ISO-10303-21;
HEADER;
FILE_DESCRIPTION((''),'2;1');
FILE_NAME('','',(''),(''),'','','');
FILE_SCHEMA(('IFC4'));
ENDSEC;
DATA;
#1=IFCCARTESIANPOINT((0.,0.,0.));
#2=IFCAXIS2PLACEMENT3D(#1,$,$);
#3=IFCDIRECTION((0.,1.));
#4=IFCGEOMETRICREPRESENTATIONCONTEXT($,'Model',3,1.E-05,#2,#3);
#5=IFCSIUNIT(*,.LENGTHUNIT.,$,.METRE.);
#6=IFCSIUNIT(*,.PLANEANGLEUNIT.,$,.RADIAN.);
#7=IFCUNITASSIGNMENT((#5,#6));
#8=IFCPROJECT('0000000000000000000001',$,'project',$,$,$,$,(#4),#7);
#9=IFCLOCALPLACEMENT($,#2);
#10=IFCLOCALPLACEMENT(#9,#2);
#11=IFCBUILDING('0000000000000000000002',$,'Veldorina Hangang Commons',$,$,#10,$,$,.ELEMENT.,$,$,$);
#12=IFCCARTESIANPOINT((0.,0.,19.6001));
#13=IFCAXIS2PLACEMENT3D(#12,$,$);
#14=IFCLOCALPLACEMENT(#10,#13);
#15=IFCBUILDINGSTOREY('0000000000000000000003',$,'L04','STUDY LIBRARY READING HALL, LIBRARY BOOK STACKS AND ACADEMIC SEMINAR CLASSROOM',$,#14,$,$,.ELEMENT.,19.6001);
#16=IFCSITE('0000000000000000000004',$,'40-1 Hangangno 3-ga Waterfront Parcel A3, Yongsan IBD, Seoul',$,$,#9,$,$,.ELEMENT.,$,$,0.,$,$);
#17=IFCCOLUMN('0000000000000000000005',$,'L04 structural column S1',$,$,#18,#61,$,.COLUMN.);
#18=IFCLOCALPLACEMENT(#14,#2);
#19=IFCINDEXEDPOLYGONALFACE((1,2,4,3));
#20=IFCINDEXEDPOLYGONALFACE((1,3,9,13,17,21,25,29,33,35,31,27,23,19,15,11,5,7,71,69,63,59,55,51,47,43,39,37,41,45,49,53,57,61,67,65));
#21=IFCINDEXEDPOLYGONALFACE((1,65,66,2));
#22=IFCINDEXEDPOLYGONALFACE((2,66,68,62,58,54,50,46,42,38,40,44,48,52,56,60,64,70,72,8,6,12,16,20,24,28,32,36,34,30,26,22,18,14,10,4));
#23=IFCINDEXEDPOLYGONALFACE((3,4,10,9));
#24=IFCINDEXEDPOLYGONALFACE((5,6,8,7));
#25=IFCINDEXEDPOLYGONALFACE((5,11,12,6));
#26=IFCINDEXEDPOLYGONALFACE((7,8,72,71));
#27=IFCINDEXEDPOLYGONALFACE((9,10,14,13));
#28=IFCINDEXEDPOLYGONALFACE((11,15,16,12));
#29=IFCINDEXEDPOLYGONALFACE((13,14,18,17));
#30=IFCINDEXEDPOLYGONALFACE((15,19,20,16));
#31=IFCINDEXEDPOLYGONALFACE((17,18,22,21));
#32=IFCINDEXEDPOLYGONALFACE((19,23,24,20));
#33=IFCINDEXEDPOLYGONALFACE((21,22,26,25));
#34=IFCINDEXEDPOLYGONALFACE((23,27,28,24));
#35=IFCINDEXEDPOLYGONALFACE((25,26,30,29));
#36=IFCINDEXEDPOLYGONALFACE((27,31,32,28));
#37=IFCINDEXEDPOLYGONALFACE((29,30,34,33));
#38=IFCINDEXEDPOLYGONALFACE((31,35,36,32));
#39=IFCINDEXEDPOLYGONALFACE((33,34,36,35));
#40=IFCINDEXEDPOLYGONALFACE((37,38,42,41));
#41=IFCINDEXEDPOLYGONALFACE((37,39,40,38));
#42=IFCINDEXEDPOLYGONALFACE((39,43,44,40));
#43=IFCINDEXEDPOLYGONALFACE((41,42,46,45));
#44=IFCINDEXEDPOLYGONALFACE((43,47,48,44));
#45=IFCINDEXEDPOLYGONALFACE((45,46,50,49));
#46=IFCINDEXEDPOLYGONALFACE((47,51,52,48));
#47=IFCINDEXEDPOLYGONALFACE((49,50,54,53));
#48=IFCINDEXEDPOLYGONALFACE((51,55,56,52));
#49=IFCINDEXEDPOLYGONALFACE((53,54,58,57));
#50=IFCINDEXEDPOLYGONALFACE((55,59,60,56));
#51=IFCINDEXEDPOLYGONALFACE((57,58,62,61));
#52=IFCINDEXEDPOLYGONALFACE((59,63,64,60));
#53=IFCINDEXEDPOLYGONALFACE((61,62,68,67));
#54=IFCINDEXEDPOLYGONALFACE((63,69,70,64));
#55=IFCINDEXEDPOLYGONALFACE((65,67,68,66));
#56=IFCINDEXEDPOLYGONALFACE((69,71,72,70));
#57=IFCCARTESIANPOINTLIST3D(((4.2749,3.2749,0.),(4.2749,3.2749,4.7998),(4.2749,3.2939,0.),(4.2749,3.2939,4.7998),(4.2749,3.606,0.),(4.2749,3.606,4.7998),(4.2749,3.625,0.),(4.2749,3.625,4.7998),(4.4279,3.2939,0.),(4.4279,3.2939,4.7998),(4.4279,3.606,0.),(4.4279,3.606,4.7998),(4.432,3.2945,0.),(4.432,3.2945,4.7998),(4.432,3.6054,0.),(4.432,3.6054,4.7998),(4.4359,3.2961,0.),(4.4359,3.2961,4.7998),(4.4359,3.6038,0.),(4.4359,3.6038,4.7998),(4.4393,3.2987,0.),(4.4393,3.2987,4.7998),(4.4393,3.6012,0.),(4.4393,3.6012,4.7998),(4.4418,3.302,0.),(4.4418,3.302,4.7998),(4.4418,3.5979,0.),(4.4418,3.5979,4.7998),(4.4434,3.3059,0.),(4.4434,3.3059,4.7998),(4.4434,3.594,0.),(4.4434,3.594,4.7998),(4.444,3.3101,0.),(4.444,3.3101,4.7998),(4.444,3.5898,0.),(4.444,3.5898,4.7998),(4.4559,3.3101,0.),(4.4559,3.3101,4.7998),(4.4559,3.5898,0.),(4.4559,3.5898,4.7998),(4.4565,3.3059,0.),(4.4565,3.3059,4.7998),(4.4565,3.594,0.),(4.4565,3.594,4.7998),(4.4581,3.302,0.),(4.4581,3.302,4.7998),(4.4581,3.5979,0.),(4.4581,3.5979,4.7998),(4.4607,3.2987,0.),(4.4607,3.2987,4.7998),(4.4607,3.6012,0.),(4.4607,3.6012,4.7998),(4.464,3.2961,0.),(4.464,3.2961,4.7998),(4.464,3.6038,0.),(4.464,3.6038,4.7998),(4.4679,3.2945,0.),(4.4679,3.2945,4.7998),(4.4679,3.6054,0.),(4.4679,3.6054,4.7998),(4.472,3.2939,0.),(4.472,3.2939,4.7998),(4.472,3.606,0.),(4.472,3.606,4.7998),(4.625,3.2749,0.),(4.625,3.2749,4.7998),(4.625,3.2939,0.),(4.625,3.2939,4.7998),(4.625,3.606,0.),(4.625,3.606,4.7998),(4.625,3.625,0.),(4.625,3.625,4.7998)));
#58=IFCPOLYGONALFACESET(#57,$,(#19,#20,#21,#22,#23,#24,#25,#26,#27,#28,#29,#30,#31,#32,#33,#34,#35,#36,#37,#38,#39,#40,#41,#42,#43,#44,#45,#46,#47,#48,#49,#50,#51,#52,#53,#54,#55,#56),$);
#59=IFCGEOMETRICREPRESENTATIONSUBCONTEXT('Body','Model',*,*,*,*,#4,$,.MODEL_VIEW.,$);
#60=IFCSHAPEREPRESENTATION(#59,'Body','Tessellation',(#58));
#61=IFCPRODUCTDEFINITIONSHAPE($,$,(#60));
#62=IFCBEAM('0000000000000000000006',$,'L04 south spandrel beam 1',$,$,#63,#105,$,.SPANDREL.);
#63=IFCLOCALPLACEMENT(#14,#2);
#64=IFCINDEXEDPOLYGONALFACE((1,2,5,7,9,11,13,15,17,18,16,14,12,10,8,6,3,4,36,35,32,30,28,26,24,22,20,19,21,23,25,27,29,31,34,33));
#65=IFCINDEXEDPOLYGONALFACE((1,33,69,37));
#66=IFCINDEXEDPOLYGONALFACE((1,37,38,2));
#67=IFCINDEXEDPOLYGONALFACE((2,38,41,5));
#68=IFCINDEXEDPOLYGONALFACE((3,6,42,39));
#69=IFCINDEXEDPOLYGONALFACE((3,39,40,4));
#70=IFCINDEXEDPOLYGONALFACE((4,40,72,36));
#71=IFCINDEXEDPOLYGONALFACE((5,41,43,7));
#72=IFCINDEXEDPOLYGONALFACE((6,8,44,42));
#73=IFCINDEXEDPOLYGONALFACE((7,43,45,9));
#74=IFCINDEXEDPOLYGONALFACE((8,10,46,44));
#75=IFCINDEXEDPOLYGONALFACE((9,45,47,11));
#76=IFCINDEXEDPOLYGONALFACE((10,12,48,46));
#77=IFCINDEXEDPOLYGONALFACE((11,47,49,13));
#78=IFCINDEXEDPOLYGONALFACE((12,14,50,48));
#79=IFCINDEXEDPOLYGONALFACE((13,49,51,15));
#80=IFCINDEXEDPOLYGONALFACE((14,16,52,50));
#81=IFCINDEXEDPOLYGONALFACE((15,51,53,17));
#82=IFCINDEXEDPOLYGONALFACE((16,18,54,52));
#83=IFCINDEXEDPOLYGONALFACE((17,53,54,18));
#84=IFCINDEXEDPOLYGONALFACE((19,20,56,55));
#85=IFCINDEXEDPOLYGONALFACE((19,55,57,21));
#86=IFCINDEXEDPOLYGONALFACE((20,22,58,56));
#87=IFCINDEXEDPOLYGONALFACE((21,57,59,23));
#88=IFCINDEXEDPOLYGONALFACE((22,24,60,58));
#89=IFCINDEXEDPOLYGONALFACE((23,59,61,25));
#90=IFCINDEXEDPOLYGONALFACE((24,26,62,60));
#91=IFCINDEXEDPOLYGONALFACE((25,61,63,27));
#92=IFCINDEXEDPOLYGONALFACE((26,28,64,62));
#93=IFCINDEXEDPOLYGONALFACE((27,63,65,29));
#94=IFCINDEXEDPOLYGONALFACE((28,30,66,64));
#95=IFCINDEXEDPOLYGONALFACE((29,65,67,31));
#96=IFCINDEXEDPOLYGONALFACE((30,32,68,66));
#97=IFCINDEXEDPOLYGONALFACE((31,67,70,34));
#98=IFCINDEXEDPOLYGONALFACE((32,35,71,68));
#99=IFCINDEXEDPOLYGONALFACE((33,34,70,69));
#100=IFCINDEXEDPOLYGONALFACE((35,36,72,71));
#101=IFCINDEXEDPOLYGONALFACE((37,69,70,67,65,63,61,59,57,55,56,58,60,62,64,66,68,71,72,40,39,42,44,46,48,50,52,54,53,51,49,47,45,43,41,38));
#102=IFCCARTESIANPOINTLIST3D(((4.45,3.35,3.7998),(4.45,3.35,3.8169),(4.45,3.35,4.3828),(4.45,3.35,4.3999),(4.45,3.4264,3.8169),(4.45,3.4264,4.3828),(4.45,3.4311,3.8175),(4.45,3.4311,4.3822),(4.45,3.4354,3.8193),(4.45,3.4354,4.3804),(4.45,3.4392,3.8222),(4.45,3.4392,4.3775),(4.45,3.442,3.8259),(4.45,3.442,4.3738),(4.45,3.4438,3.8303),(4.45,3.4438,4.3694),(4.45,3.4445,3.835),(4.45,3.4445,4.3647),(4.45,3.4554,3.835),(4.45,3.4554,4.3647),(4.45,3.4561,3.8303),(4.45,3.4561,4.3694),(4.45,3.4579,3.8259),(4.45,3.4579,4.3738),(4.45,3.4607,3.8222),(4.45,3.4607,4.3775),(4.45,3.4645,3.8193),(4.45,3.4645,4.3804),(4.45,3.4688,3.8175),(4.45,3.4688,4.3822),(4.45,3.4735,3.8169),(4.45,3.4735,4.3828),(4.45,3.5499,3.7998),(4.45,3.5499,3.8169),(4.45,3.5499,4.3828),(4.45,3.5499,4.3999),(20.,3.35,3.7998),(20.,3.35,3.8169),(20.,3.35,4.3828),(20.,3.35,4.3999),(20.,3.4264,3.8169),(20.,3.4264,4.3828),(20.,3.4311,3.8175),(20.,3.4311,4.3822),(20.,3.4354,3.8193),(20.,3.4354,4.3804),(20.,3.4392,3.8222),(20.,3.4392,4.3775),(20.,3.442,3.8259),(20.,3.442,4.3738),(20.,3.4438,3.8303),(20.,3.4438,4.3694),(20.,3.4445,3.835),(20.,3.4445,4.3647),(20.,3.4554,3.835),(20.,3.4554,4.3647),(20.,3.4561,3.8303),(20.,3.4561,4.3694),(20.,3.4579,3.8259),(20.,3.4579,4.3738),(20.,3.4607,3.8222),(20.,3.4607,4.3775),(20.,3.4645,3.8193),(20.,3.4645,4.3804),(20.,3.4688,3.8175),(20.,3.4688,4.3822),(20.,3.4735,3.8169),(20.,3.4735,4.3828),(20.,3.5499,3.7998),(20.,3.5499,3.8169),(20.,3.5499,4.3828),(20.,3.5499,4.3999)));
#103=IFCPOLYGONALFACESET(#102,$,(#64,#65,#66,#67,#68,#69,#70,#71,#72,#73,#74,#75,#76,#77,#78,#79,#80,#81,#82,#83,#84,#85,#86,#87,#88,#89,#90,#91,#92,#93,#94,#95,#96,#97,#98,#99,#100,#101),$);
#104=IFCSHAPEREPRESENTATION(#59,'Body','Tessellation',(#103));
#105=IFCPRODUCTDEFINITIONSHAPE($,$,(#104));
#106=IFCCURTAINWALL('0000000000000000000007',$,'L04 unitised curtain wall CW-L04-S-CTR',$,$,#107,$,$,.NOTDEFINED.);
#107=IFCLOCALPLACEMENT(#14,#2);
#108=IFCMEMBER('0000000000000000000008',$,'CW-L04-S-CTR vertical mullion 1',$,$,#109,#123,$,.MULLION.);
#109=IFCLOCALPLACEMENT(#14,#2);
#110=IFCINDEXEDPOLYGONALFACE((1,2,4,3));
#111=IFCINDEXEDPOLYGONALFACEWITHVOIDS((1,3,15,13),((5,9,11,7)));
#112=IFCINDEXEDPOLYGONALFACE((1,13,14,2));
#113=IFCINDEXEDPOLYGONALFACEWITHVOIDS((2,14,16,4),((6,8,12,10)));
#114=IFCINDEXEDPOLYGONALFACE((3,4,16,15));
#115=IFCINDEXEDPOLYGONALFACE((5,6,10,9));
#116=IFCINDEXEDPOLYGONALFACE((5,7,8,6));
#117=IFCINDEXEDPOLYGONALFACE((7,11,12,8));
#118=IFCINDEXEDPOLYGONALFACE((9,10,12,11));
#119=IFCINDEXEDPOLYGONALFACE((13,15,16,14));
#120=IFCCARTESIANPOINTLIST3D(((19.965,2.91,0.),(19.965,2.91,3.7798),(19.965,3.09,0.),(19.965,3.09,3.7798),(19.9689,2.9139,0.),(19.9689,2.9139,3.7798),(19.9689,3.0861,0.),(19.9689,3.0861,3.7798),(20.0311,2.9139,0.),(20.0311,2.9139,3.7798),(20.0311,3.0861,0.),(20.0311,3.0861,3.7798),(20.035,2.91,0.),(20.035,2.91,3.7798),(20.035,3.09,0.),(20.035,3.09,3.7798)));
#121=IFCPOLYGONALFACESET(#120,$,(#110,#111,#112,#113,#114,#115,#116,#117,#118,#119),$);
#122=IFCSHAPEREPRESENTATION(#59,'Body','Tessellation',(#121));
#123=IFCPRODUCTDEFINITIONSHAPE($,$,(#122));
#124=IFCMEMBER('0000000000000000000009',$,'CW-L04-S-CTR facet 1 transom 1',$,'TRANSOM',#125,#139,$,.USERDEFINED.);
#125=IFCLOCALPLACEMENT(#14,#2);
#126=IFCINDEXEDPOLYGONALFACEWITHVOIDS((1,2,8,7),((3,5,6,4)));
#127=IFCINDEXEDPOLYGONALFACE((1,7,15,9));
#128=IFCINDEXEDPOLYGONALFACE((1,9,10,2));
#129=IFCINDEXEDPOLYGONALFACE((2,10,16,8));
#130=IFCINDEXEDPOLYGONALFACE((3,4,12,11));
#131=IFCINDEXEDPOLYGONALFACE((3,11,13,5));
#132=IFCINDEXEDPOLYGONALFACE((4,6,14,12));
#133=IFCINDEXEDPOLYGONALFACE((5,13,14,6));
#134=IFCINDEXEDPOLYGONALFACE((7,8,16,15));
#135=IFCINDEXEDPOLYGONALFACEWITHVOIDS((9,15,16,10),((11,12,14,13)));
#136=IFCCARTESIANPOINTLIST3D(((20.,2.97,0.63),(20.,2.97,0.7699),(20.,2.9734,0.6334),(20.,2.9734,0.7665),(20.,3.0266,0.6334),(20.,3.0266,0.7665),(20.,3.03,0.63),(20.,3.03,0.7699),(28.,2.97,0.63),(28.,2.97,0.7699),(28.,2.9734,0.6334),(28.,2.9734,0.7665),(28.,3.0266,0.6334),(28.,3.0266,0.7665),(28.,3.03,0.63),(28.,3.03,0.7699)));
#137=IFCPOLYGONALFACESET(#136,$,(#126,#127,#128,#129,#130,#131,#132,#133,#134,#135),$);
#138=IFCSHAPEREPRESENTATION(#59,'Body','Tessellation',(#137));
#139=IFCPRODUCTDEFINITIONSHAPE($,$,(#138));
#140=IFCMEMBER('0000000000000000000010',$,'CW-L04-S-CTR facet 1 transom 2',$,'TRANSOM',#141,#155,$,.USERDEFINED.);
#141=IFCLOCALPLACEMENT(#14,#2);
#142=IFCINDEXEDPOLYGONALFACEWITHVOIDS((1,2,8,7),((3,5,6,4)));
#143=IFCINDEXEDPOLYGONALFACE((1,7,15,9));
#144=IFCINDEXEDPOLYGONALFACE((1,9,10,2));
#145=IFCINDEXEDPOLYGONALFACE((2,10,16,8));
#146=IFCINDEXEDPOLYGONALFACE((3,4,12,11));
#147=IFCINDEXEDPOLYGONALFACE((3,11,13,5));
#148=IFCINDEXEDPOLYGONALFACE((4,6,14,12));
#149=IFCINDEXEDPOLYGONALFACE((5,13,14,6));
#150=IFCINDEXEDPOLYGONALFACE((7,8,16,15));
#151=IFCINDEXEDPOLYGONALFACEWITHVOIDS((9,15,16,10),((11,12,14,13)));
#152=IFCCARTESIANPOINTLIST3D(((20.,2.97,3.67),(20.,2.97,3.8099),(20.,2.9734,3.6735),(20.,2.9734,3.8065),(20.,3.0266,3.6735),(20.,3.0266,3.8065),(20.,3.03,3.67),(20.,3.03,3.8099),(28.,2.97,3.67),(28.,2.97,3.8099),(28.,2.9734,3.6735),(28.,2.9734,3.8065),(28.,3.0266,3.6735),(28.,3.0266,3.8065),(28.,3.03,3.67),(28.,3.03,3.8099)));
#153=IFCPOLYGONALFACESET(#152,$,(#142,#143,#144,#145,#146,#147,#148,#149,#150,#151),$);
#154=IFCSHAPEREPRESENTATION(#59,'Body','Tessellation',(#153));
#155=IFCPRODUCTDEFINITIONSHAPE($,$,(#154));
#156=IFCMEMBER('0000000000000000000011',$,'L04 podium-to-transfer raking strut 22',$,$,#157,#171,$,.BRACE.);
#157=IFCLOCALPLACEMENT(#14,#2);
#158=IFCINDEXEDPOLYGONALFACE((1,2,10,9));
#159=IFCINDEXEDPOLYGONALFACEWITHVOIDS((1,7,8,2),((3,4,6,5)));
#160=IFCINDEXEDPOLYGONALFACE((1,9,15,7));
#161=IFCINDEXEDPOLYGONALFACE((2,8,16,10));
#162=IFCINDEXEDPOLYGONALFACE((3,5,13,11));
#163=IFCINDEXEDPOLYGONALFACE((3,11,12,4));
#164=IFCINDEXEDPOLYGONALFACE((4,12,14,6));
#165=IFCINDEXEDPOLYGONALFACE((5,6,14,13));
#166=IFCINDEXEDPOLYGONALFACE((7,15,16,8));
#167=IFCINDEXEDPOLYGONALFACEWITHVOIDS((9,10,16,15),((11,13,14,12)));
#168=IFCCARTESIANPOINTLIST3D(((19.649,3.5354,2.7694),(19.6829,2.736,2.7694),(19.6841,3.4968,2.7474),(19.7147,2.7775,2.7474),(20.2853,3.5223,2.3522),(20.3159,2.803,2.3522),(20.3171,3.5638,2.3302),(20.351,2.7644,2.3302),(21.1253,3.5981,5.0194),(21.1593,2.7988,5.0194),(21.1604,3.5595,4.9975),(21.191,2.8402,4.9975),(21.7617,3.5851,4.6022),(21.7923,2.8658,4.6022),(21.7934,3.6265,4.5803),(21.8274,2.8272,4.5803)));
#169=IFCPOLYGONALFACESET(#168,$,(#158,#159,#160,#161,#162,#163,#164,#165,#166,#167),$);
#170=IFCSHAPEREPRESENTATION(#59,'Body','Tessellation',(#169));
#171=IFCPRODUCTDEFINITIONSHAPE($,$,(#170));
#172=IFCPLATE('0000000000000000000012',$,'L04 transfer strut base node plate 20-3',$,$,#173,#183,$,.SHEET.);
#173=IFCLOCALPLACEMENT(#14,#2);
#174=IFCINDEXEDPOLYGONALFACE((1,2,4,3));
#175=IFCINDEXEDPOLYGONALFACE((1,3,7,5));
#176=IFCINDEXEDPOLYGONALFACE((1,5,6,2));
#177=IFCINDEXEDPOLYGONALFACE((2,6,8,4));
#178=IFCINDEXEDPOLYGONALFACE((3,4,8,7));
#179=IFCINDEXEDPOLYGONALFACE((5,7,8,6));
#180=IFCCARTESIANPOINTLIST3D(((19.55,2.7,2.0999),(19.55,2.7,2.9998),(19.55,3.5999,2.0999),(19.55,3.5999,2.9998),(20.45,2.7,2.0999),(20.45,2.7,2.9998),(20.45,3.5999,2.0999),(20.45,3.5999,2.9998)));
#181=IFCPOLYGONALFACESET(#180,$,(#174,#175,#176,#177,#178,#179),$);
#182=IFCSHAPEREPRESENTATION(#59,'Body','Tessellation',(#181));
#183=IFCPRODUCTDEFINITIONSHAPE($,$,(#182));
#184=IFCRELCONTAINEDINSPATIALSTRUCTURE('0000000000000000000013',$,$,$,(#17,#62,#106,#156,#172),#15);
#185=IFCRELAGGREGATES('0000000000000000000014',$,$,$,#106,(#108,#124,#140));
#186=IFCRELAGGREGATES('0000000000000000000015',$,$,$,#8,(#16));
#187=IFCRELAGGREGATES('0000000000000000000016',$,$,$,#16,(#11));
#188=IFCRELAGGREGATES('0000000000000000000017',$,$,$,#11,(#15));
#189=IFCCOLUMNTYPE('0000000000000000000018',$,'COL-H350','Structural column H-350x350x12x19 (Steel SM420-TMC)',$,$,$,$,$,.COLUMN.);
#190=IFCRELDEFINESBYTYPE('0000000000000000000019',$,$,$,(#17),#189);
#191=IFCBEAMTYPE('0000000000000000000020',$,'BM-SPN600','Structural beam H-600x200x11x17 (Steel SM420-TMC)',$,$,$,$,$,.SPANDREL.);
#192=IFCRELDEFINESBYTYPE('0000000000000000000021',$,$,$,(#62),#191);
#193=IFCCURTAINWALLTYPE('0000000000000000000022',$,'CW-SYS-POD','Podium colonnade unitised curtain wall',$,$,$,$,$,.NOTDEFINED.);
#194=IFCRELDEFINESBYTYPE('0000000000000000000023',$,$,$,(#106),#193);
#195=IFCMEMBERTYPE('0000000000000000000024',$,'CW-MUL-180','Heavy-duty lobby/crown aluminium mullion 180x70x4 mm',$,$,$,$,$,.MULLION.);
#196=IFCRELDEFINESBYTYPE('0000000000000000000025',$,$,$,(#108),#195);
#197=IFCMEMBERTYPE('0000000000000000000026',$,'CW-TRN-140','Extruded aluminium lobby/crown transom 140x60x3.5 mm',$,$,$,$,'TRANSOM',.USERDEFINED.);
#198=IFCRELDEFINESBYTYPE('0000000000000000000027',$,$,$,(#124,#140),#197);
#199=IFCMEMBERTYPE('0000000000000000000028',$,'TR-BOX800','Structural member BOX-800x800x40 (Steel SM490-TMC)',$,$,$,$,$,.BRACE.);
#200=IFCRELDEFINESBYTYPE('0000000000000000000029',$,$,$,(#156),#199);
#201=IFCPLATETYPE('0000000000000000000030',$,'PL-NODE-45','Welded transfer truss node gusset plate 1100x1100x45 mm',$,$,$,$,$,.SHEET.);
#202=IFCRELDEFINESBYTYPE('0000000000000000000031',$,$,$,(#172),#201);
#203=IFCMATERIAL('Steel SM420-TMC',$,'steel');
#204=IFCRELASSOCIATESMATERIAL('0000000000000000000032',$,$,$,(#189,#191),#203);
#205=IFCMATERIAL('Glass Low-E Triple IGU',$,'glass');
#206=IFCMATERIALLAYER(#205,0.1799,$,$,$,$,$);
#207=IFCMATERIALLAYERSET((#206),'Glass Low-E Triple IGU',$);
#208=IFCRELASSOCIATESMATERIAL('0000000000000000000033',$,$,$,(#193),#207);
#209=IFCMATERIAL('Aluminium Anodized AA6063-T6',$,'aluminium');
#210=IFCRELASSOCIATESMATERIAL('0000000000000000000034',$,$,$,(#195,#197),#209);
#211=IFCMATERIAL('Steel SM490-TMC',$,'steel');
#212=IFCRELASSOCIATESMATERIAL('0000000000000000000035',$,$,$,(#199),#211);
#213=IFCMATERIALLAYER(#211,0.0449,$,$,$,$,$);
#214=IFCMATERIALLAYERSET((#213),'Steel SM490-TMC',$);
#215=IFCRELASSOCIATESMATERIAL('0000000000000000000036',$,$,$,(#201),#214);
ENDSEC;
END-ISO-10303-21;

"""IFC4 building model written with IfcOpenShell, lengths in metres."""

from ifc_helpers import new_model, si_unit, direction, frame, origin, origin_2d, place, context, subcontext, project, spatial, rectangle, hollow_rectangle, i_section, extrude, material, layer, layer_set, material_profile, profile_set, type_object, element, aggregate, save


model = new_model("IFC4")

# Units and contexts
model_context = context("Model", 3, precision=1e-05, world=origin(), true_north=direction((0.0, 1.0)))
body_context = subcontext(model_context, "Body", "Model", "MODEL_VIEW")
ifc_project = project(units=[si_unit("LENGTHUNIT", "METRE"), si_unit("PLANEANGLEUNIT", "RADIAN")], contexts=[model_context])

# Site, building, storey
site_placement = place(None, origin())
site = spatial("IfcSite", under=ifc_project, at=site_placement, Name="40-1 Hangangno 3-ga Waterfront Parcel A3, Yongsan IBD, Seoul", CompositionType="ELEMENT", RefElevation=0.0)
building_placement = place(site_placement, origin())
building = spatial("IfcBuilding", under=site, at=building_placement, Name="Veldorina Hangang Commons", CompositionType="ELEMENT")
storey_placement = place(building_placement, frame((0.0, 0.0, 19.6001)))
storey = spatial("IfcBuildingStorey", under=building, at=storey_placement, Name="L04", Description="STUDY LIBRARY READING HALL, LIBRARY BOOK STACKS AND ACADEMIC SEMINAR CLASSROOM", CompositionType="ELEMENT", Elevation=19.6001)

# Column
ifc_material_1 = material(Name="Steel SM420-TMC", Category="steel")
ifc_material_profile_1 = material_profile(ifc_material_1, i_section(OverallWidth=0.3501, OverallDepth=0.3501, WebThickness=0.012, FlangeThickness=0.019, FilletRadius=0.0161, at=origin_2d()), Name="H-350x350x12x19")
ifc_profile_set_1 = profile_set([ifc_material_profile_1], Name="Steel SM420-TMC")
column_type = type_object("IfcColumnType", Name="COL-H350", Description="Structural column H-350x350x12x19 (Steel SM420-TMC)", PredefinedType="COLUMN", material=ifc_profile_set_1)
column_placement = place(storey_placement, frame((4.45, 3.45, 0.0), z_axis=(0.0, 0.0, 1.0), x_axis=(1.0, 0.0, 0.0)))
element("IfcColumn", 1, at=column_placement, inside=storey, type_object=column_type, Name="L04 structural column S1", PredefinedType="COLUMN", context=body_context, shape_type="SweptSolid", body=[
    extrude(i_section(OverallWidth=0.3501, OverallDepth=0.3501, WebThickness=0.012, FlangeThickness=0.019, FilletRadius=0.0161, at=origin_2d()), origin(), (0.0, 0.0, 1.0), 4.7998),
])

# Beam
ifc_material_profile_2 = material_profile(ifc_material_1, i_section(OverallWidth=0.2, OverallDepth=0.6001, WebThickness=0.011, FlangeThickness=0.0171, FilletRadius=0.0181, at=origin_2d()), Name="H-600x200x11x17")
ifc_profile_set_2 = profile_set([ifc_material_profile_2], Name="Steel SM420-TMC")
beam_type = type_object("IfcBeamType", Name="BM-SPN600", Description="Structural beam H-600x200x11x17 (Steel SM420-TMC)", PredefinedType="SPANDREL", material=ifc_profile_set_2)
beam_placement = place(storey_placement, frame((4.45, 3.45, 4.0999), z_axis=(1.0, 0.0, 0.0), x_axis=(0.0, 1.0, 0.0)))
element("IfcBeam", 2, at=beam_placement, inside=storey, type_object=beam_type, Name="L04 south spandrel beam 1", PredefinedType="SPANDREL", context=body_context, shape_type="SweptSolid", body=[
    extrude(i_section(OverallWidth=0.2, OverallDepth=0.6001, WebThickness=0.011, FlangeThickness=0.0171, FilletRadius=0.0181, at=origin_2d()), origin(), (0.0, 0.0, 1.0), 15.55),
])

# Curtain wall, members
ifc_material_2 = material(Name="Glass Low-E Triple IGU", Category="glass")
ifc_layer_1 = layer(ifc_material_2, 0.1799)
ifc_layer_set_1 = layer_set([ifc_layer_1], Name="Glass Low-E Triple IGU")
curtain_wall_type = type_object("IfcCurtainWallType", Name="CW-SYS-POD", Description="Podium colonnade unitised curtain wall", PredefinedType="NOTDEFINED", material=ifc_layer_set_1)
curtain_wall_placement = place(storey_placement, origin())
curtain_wall = element("IfcCurtainWall", 3, at=curtain_wall_placement, inside=storey, type_object=curtain_wall_type, Name="L04 unitised curtain wall CW-L04-S-CTR", PredefinedType="NOTDEFINED")
ifc_material_3 = material(Name="Aluminium Anodized AA6063-T6", Category="aluminium")
ifc_material_profile_3 = material_profile(ifc_material_3, hollow_rectangle(XDim=0.0701, YDim=0.1799, WallThickness=0.0039, at=origin_2d()), Name="ALU-RHS-180x70x4")
ifc_profile_set_3 = profile_set([ifc_material_profile_3], Name="Aluminium Anodized AA6063-T6")
member_type_1 = type_object("IfcMemberType", Name="CW-MUL-180", Description="Heavy-duty lobby/crown aluminium mullion 180x70x4 mm", PredefinedType="MULLION", material=ifc_profile_set_3)
member_1_placement = place(storey_placement, frame((20.0, 3.0, 0.0), z_axis=(0.0, 0.0, 1.0), x_axis=(1.0, 0.0, 0.0)))
member_1 = element("IfcMember", 4, at=member_1_placement, type_object=member_type_1, Name="CW-L04-S-CTR vertical mullion 1", PredefinedType="MULLION", context=body_context, shape_type="SweptSolid", body=[
    extrude(hollow_rectangle(XDim=0.0701, YDim=0.1799, WallThickness=0.0039, at=origin_2d()), origin(), (0.0, 0.0, 1.0), 3.7798),
])
ifc_material_profile_4 = material_profile(ifc_material_3, hollow_rectangle(XDim=0.0601, YDim=0.1399, WallThickness=0.0034, at=origin_2d()), Name="ALU-RHS-140x60x3.5")
ifc_profile_set_4 = profile_set([ifc_material_profile_4], Name="Aluminium Anodized AA6063-T6")
member_type_2 = type_object("IfcMemberType", Name="CW-TRN-140", Description="Extruded aluminium lobby/crown transom 140x60x3.5 mm", ElementType="TRANSOM", PredefinedType="USERDEFINED", material=ifc_profile_set_4)
member_2_placement = place(storey_placement, frame((20.0, 3.0, 0.7), z_axis=(1.0, 0.0, 0.0), x_axis=(0.0, 1.0, 0.0)))
member_2 = element("IfcMember", 5, at=member_2_placement, type_object=member_type_2, Name="CW-L04-S-CTR facet 1 transom 1", ObjectType="TRANSOM", PredefinedType="USERDEFINED", context=body_context, shape_type="SweptSolid", body=[
    extrude(hollow_rectangle(XDim=0.0601, YDim=0.1399, WallThickness=0.0034, at=origin_2d()), origin(), (0.0, 0.0, 1.0), 8.0),
])
member_3_placement = place(storey_placement, frame((20.0, 3.0, 3.74), z_axis=(1.0, 0.0, 0.0), x_axis=(0.0, 1.0, 0.0)))
member_3 = element("IfcMember", 6, at=member_3_placement, type_object=member_type_2, Name="CW-L04-S-CTR facet 1 transom 2", ObjectType="TRANSOM", PredefinedType="USERDEFINED", context=body_context, shape_type="SweptSolid", body=[
    extrude(hollow_rectangle(XDim=0.0601, YDim=0.1399, WallThickness=0.0034, at=origin_2d()), origin(), (0.0, 0.0, 1.0), 8.0),
])
aggregate(curtain_wall, [member_1, member_2, member_3])

# Member
ifc_material_4 = material(Name="Steel SM490-TMC", Category="steel")
ifc_material_profile_5 = material_profile(ifc_material_4, hollow_rectangle(XDim=0.8, YDim=0.8, WallThickness=0.04, at=origin_2d()), Name="BOX-800x800x40")
ifc_profile_set_5 = profile_set([ifc_material_profile_5], Name="Steel SM490-TMC")
member_type_3 = type_object("IfcMemberType", Name="TR-BOX800", Description="Structural member BOX-800x800x40 (Steel SM490-TMC)", PredefinedType="BRACE", material=ifc_profile_set_5)
member_4_placement = place(storey_placement, frame((20.0, 3.1499, 2.5498), z_axis=(0.548444, 0.023309, 0.835862), x_axis=(-0.042462, 0.999098, 0.0)))
element("IfcMember", 7, at=member_4_placement, inside=storey, type_object=member_type_3, Name="L04 podium-to-transfer raking strut 22", PredefinedType="BRACE", context=body_context, shape_type="SweptSolid", body=[
    extrude(hollow_rectangle(XDim=0.8, YDim=0.8, WallThickness=0.04, at=origin_2d()), origin(), (0.0, 0.0, 1.0), 2.6919),
])

# Plate
ifc_layer_2 = layer(ifc_material_4, 0.0449)
ifc_layer_set_2 = layer_set([ifc_layer_2], Name="Steel SM490-TMC")
plate_type = type_object("IfcPlateType", Name="PL-NODE-45", Description="Welded transfer truss node gusset plate 1100x1100x45 mm", PredefinedType="SHEET", material=ifc_layer_set_2)
plate_placement = place(storey_placement, frame((20.0, 3.1499, 2.0999), z_axis=(0.0, 0.0, 1.0), x_axis=(1.0, 0.0, 0.0)))
element("IfcPlate", 8, at=plate_placement, inside=storey, type_object=plate_type, Name="L04 transfer strut base node plate 20-3", PredefinedType="SHEET", context=body_context, shape_type="SweptSolid", body=[
    extrude(rectangle(XDim=0.8999, YDim=0.8999, at=origin_2d()), origin(), (0.0, 0.0, 1.0), 0.8999),
])

save(model, "model.ifc")
